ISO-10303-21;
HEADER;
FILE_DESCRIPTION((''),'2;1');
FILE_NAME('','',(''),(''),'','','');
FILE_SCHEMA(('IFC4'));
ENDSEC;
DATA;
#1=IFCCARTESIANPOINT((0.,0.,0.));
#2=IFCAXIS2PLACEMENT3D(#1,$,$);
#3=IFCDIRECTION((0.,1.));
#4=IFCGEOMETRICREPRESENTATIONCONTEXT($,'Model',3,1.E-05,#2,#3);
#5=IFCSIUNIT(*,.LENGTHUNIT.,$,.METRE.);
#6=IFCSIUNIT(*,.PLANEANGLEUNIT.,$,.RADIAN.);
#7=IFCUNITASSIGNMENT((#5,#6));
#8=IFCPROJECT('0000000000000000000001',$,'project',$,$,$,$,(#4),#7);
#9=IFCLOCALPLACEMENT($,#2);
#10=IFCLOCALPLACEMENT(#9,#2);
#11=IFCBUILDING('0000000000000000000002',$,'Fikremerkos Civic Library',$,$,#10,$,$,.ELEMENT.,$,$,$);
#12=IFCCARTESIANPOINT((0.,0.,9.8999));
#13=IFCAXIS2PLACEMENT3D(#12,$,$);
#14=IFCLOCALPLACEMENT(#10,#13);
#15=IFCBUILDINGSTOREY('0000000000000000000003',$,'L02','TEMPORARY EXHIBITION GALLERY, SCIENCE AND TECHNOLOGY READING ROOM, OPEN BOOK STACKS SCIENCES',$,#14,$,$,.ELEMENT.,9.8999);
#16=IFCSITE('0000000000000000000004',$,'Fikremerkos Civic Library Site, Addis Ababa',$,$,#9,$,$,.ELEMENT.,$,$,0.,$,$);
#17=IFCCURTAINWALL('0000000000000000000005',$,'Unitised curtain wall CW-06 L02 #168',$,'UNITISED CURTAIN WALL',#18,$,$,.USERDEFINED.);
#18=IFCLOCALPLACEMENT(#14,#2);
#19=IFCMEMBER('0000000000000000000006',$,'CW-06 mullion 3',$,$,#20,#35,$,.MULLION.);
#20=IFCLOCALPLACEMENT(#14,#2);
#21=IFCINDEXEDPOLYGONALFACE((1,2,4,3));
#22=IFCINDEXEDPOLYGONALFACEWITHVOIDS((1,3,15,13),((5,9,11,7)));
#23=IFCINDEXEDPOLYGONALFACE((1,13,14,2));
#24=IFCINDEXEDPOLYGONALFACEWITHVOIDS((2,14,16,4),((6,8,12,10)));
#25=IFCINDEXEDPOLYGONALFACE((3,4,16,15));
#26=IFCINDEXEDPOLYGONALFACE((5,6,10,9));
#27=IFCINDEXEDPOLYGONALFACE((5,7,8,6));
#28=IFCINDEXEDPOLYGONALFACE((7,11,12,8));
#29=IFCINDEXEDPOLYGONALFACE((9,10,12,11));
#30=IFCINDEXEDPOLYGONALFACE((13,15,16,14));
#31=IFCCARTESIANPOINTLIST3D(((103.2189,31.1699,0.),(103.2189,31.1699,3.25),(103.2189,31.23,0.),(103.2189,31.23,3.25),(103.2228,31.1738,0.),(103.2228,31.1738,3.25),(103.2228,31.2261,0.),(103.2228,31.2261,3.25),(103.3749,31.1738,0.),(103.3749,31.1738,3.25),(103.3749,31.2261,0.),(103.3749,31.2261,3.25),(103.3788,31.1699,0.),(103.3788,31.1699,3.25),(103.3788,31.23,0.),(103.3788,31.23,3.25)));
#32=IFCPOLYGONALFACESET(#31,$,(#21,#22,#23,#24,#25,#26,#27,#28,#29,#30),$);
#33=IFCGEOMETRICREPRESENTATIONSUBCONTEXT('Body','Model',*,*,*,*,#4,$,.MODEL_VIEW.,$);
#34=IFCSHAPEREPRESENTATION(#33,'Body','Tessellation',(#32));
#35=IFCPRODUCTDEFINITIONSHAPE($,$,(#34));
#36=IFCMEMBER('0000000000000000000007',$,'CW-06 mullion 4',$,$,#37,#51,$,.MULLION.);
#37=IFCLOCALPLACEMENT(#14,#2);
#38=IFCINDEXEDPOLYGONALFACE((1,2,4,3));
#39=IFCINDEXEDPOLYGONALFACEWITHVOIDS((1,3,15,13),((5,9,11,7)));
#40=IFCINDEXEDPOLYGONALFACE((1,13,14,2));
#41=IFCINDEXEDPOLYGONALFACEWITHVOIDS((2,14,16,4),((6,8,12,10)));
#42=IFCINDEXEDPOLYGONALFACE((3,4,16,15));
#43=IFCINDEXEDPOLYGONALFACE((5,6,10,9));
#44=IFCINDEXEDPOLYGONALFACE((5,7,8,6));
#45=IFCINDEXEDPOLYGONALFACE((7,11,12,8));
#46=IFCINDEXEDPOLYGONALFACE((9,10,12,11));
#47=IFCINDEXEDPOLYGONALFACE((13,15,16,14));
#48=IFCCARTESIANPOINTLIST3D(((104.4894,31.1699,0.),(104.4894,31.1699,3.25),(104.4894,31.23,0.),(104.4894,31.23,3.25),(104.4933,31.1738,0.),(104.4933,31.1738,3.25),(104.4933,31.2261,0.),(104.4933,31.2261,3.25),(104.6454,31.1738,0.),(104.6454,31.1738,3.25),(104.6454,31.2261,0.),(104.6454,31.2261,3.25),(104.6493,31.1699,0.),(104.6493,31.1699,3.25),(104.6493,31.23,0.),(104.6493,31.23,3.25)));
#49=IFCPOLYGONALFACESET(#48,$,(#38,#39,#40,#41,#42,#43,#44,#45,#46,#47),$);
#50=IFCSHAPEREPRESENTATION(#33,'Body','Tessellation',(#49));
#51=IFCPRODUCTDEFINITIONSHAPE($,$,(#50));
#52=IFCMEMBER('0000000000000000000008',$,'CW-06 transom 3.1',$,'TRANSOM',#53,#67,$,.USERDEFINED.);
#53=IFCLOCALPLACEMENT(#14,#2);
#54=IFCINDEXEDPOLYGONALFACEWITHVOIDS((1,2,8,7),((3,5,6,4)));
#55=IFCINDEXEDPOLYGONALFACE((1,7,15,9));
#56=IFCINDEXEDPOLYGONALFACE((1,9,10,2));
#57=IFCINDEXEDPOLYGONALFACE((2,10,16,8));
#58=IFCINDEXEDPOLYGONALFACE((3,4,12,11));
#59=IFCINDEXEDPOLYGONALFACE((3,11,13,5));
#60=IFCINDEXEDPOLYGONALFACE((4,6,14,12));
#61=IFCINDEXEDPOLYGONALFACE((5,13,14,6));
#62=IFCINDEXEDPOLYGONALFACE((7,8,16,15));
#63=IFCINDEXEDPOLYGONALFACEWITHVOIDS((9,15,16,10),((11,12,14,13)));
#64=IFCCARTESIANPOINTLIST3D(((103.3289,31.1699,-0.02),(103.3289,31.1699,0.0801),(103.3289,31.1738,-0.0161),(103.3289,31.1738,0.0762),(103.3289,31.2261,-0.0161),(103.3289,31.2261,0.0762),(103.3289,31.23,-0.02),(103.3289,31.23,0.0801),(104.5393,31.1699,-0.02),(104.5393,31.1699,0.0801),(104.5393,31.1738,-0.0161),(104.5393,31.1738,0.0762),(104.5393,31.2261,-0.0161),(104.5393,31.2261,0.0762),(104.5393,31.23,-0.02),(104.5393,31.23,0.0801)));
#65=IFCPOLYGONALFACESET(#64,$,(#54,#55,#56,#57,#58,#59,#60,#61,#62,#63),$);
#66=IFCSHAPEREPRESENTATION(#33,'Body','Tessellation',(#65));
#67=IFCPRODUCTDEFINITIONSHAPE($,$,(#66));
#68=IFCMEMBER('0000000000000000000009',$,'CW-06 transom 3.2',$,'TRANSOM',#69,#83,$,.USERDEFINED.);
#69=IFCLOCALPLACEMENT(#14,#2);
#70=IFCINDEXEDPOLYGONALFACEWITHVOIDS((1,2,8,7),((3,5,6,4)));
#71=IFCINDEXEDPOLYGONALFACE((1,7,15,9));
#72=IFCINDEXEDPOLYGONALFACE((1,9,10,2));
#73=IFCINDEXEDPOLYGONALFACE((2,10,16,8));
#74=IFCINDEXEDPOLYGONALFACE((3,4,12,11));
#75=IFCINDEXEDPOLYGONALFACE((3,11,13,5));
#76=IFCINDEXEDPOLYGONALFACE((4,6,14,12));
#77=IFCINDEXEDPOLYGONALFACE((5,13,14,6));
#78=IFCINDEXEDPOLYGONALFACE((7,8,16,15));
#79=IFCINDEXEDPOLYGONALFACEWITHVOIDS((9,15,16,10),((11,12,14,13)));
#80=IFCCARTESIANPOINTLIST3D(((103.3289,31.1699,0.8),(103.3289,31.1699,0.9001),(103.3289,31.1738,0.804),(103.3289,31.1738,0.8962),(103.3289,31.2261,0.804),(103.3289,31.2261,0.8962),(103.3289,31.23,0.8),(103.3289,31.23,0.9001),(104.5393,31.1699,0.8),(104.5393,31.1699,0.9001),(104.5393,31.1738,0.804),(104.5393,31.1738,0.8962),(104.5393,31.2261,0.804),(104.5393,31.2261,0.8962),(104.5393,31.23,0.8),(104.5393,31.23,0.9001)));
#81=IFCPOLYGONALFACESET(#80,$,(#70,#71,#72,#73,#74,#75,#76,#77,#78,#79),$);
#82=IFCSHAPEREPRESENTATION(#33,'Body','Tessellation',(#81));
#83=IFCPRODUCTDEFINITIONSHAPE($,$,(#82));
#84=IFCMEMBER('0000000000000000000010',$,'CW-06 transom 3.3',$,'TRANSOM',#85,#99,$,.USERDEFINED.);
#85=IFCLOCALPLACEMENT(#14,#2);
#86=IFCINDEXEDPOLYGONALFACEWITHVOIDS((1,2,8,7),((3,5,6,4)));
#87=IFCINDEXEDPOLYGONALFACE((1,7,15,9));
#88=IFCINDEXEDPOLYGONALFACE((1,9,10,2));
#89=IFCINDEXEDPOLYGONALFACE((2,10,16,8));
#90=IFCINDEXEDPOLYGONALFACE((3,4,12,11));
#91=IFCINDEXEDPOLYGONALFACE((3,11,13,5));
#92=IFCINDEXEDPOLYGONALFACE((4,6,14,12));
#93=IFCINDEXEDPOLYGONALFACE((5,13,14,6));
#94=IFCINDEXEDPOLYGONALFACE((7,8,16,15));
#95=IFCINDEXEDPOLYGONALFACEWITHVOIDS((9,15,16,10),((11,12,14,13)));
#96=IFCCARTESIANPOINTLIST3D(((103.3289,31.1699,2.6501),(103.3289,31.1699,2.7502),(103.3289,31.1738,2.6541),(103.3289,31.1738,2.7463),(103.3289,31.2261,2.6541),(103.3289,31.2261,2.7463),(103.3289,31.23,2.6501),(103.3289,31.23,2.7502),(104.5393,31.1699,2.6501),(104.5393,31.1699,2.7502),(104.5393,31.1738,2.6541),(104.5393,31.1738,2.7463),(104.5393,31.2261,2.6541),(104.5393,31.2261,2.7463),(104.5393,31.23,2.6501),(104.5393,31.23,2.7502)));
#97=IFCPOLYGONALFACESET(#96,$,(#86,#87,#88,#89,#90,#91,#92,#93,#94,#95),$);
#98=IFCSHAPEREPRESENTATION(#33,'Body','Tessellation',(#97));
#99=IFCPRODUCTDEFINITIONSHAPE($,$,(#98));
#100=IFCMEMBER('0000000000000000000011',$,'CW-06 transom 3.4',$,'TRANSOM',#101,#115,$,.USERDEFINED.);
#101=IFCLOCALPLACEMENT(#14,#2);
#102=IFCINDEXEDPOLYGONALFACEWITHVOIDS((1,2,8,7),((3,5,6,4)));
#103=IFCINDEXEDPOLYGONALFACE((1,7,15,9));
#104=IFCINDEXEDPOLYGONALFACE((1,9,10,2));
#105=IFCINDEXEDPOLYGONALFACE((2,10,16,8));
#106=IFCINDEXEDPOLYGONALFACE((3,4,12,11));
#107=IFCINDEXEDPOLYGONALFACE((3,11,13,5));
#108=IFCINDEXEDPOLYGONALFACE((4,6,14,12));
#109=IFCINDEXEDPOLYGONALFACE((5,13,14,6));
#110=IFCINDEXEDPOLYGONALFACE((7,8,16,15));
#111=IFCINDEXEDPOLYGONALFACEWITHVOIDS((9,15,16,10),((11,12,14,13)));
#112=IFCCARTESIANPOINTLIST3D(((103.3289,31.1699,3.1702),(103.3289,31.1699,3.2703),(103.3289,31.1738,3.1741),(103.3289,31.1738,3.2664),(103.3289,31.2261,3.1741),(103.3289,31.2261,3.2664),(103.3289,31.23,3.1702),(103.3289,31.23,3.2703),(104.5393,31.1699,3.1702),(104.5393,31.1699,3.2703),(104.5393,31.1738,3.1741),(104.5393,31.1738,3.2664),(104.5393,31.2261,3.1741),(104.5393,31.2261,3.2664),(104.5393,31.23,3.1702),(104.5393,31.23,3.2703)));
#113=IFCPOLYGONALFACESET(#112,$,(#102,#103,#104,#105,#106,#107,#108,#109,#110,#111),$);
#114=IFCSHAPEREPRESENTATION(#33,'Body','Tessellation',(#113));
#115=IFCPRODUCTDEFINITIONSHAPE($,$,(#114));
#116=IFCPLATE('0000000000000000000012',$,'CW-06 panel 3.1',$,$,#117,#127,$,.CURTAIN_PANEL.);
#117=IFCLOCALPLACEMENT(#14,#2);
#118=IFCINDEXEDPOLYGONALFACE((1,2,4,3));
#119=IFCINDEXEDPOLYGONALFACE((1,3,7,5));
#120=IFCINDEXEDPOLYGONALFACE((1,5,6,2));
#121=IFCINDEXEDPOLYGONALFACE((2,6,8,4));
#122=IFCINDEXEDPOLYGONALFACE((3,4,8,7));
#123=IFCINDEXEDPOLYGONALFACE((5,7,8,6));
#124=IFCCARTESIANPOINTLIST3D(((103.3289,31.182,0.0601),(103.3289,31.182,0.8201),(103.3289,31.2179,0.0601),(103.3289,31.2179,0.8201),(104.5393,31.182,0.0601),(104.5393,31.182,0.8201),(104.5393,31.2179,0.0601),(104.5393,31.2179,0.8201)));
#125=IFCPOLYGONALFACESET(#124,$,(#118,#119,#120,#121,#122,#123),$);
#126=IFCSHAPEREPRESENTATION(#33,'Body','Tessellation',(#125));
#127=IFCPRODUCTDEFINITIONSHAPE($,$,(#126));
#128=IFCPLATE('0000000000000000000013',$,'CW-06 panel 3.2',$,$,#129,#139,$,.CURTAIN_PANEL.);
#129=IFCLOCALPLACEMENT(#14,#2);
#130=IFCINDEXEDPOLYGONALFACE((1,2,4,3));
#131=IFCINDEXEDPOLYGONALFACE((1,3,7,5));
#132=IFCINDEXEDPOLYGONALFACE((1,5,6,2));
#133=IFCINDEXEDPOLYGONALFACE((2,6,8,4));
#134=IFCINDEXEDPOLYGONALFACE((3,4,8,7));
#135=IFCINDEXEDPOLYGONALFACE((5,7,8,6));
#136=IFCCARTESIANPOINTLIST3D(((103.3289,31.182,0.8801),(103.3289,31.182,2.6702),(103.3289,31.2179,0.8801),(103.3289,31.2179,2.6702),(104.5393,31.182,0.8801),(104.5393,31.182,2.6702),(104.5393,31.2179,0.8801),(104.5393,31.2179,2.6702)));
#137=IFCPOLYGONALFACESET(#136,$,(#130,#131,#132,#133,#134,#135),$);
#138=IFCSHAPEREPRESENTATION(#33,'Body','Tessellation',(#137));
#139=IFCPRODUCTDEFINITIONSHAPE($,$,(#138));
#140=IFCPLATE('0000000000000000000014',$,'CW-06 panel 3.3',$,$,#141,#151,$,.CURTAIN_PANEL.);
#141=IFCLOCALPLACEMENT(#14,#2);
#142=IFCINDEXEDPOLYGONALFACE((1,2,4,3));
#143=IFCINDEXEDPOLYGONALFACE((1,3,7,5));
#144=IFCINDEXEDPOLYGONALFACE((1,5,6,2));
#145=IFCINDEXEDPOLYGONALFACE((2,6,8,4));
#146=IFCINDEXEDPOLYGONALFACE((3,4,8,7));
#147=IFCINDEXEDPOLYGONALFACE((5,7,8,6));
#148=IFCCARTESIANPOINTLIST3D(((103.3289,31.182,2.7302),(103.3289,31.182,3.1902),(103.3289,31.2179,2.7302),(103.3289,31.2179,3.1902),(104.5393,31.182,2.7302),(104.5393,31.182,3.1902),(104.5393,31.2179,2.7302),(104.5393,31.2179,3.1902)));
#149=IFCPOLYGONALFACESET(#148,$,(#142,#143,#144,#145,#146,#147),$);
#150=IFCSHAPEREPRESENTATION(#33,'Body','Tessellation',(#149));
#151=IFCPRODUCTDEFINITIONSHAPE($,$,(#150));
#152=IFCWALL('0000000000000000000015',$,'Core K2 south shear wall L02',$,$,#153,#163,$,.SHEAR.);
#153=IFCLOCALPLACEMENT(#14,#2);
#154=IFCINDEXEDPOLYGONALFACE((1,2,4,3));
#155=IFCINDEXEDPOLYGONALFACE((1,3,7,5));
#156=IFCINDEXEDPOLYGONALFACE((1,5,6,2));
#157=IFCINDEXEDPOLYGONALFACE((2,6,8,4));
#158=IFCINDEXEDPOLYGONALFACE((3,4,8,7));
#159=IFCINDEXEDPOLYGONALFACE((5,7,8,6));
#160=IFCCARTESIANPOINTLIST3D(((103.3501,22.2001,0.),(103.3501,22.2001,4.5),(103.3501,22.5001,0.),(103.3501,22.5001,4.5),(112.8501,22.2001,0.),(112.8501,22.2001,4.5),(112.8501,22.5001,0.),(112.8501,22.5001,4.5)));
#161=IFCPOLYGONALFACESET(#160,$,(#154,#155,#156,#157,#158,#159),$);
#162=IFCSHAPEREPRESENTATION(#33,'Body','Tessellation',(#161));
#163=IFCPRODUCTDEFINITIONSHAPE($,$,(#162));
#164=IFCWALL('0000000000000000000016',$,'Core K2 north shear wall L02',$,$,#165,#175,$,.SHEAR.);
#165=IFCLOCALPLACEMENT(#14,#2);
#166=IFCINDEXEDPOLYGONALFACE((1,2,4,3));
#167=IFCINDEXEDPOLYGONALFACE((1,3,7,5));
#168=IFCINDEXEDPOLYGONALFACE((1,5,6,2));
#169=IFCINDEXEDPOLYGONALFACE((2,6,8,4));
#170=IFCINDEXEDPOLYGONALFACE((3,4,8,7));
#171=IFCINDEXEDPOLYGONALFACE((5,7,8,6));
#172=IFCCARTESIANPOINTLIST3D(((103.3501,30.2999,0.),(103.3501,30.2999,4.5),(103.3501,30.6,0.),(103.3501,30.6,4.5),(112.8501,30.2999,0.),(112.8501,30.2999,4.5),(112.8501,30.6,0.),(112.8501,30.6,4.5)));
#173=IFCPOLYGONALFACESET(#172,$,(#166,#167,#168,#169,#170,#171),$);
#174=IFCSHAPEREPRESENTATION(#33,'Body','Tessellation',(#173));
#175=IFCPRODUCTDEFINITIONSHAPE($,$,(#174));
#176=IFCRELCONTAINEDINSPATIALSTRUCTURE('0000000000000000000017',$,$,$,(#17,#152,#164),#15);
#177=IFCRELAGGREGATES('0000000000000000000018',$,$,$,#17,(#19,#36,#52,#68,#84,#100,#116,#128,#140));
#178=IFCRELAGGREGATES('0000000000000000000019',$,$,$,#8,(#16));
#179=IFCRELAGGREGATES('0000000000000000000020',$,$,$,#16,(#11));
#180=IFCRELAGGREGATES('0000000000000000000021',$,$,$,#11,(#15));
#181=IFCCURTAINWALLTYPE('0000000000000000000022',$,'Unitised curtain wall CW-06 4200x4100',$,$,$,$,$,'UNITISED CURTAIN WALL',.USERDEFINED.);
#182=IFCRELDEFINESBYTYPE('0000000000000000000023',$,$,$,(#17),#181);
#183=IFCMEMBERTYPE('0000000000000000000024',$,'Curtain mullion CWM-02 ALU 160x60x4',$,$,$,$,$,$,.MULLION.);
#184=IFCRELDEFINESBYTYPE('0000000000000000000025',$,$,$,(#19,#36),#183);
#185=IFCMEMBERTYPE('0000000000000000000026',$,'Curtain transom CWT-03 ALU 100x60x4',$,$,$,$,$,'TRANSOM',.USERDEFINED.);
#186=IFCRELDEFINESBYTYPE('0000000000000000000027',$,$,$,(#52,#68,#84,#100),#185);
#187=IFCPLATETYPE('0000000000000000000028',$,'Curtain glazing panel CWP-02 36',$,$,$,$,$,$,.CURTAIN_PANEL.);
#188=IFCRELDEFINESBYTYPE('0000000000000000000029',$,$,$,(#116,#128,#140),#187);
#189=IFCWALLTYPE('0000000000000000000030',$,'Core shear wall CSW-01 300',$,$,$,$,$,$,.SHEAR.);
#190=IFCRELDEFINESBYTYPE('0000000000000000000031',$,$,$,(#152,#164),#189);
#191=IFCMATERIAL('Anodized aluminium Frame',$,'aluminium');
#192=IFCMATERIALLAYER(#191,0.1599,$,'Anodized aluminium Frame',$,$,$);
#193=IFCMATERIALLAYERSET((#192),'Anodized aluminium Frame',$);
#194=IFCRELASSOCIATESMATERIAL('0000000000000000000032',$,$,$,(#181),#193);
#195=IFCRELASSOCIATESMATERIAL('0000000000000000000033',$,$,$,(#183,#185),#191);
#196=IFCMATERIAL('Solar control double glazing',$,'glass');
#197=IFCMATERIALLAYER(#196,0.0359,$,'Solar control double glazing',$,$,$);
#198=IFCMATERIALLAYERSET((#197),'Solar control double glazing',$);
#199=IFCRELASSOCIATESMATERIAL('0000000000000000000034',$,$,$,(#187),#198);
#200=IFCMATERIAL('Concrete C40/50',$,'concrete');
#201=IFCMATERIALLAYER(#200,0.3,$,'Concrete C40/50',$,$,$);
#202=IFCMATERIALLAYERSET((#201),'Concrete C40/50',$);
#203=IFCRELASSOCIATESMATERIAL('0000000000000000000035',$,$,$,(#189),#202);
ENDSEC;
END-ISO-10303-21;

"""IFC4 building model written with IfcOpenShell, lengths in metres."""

from ifc_helpers import new_model, si_unit, direction, frame, frame_2d, origin, origin_2d, place, context, subcontext, project, spatial, rectangle, hollow_rectangle, extrude, material, layer, layer_set, material_profile, profile_set, type_object, element, aggregate, save


model = new_model("IFC4")

# Units and contexts
model_context = context("Model", 3, precision=1e-05, world=origin(), true_north=direction((0.0, 1.0)))
body_context = subcontext(model_context, "Body", "Model", "MODEL_VIEW")
ifc_project = project(units=[si_unit("LENGTHUNIT", "METRE"), si_unit("PLANEANGLEUNIT", "RADIAN")], contexts=[model_context])

# Site, building, storey
site_placement = place(None, origin())
site = spatial("IfcSite", under=ifc_project, at=site_placement, Name="Fikremerkos Civic Library Site, Addis Ababa", CompositionType="ELEMENT", RefElevation=0.0)
building_placement = place(site_placement, origin())
building = spatial("IfcBuilding", under=site, at=building_placement, Name="Fikremerkos Civic Library", CompositionType="ELEMENT")
storey_placement = place(building_placement, frame((0.0, 0.0, 9.8999)))
storey = spatial("IfcBuildingStorey", under=building, at=storey_placement, Name="L02", Description="TEMPORARY EXHIBITION GALLERY, SCIENCE AND TECHNOLOGY READING ROOM, OPEN BOOK STACKS SCIENCES", CompositionType="ELEMENT", Elevation=9.8999)

# Curtain wall, members, plates
ifc_material_1 = material(Name="Anodized aluminium Frame", Category="aluminium")
ifc_layer_1 = layer(ifc_material_1, 0.1599, Name="Anodized aluminium Frame")
ifc_layer_set_1 = layer_set([ifc_layer_1], Name="Anodized aluminium Frame")
curtain_wall_type = type_object("IfcCurtainWallType", Name="Unitised curtain wall CW-06 4200x4100", ElementType="UNITISED CURTAIN WALL", PredefinedType="USERDEFINED", material=ifc_layer_set_1)
curtain_wall_placement = place(storey_placement, origin())
curtain_wall = element("IfcCurtainWall", 1, at=curtain_wall_placement, inside=storey, type_object=curtain_wall_type, Name="Unitised curtain wall CW-06 L02 #168", ObjectType="UNITISED CURTAIN WALL", PredefinedType="USERDEFINED")
ifc_material_profile_1 = material_profile(ifc_material_1, hollow_rectangle(XDim=0.0601, YDim=0.1599, WallThickness=0.0039, at=origin_2d()), Name="ALU 160x60x4")
ifc_profile_set_1 = profile_set([ifc_material_profile_1], Name="Anodized aluminium Frame")
member_type_1 = type_object("IfcMemberType", Name="Curtain mullion CWM-02 ALU 160x60x4", PredefinedType="MULLION", material=ifc_profile_set_1)
member_1_placement = place(storey_placement, frame((103.2988, 31.2, 0.0), z_axis=(0.0, 0.0, 1.0), x_axis=(0.0, 1.0, 0.0)))
member_1 = element("IfcMember", 2, at=member_1_placement, type_object=member_type_1, Name="CW-06 mullion 3", PredefinedType="MULLION", context=body_context, shape_type="SweptSolid", body=[
    extrude(hollow_rectangle(XDim=0.0601, YDim=0.1599, WallThickness=0.0039, at=origin_2d()), origin(), (0.0, 0.0, 1.0), 3.25),
])
member_2_placement = place(storey_placement, frame((104.5693, 31.2, 0.0), z_axis=(0.0, 0.0, 1.0), x_axis=(0.0, 1.0, 0.0)))
member_2 = element("IfcMember", 3, at=member_2_placement, type_object=member_type_1, Name="CW-06 mullion 4", PredefinedType="MULLION", context=body_context, shape_type="SweptSolid", body=[
    extrude(hollow_rectangle(XDim=0.0601, YDim=0.1599, WallThickness=0.0039, at=origin_2d()), origin(), (0.0, 0.0, 1.0), 3.25),
])
ifc_material_profile_2 = material_profile(ifc_material_1, hollow_rectangle(XDim=0.0601, YDim=0.1001, WallThickness=0.0039, at=origin_2d()), Name="ALU 100x60x4")
ifc_profile_set_2 = profile_set([ifc_material_profile_2], Name="Anodized aluminium Frame")
member_type_2 = type_object("IfcMemberType", Name="Curtain transom CWT-03 ALU 100x60x4", ElementType="TRANSOM", PredefinedType="USERDEFINED", material=ifc_profile_set_2)
member_3_placement = place(storey_placement, frame((103.3289, 31.2, 0.03), z_axis=(1.0, 0.0, 0.0), x_axis=(0.0, 1.0, 0.0)))
member_3 = element("IfcMember", 4, at=member_3_placement, type_object=member_type_2, Name="CW-06 transom 3.1", ObjectType="TRANSOM", PredefinedType="USERDEFINED", context=body_context, shape_type="SweptSolid", body=[
    extrude(hollow_rectangle(XDim=0.0601, YDim=0.1001, WallThickness=0.0039, at=origin_2d()), origin(), (0.0, 0.0, 1.0), 1.2104),
])
member_4_placement = place(storey_placement, frame((103.3289, 31.2, 0.8501), z_axis=(1.0, 0.0, 0.0), x_axis=(0.0, 1.0, 0.0)))
member_4 = element("IfcMember", 5, at=member_4_placement, type_object=member_type_2, Name="CW-06 transom 3.2", ObjectType="TRANSOM", PredefinedType="USERDEFINED", context=body_context, shape_type="SweptSolid", body=[
    extrude(hollow_rectangle(XDim=0.0601, YDim=0.1001, WallThickness=0.0039, at=origin_2d()), origin(), (0.0, 0.0, 1.0), 1.2104),
])
member_5_placement = place(storey_placement, frame((103.3289, 31.2, 2.7002), z_axis=(1.0, 0.0, 0.0), x_axis=(0.0, 1.0, 0.0)))
member_5 = element("IfcMember", 6, at=member_5_placement, type_object=member_type_2, Name="CW-06 transom 3.3", ObjectType="TRANSOM", PredefinedType="USERDEFINED", context=body_context, shape_type="SweptSolid", body=[
    extrude(hollow_rectangle(XDim=0.0601, YDim=0.1001, WallThickness=0.0039, at=origin_2d()), origin(), (0.0, 0.0, 1.0), 1.2104),
])
member_6_placement = place(storey_placement, frame((103.3289, 31.2, 3.2202), z_axis=(1.0, 0.0, 0.0), x_axis=(0.0, 1.0, 0.0)))
member_6 = element("IfcMember", 7, at=member_6_placement, type_object=member_type_2, Name="CW-06 transom 3.4", ObjectType="TRANSOM", PredefinedType="USERDEFINED", context=body_context, shape_type="SweptSolid", body=[
    extrude(hollow_rectangle(XDim=0.0601, YDim=0.1001, WallThickness=0.0039, at=origin_2d()), origin(), (0.0, 0.0, 1.0), 1.2104),
])
ifc_material_2 = material(Name="Solar control double glazing", Category="glass")
ifc_layer_2 = layer(ifc_material_2, 0.0359, Name="Solar control double glazing")
ifc_layer_set_2 = layer_set([ifc_layer_2], Name="Solar control double glazing")
plate_type = type_object("IfcPlateType", Name="Curtain glazing panel CWP-02 36", PredefinedType="CURTAIN_PANEL", material=ifc_layer_set_2)
plate_1_placement = place(storey_placement, frame((103.9341, 31.2, 0.0601), z_axis=(0.0, 0.0, 1.0), x_axis=(1.0, 0.0, 0.0)))
plate_1 = element("IfcPlate", 8, at=plate_1_placement, type_object=plate_type, Name="CW-06 panel 3.1", PredefinedType="CURTAIN_PANEL", context=body_context, shape_type="SweptSolid", body=[
    extrude(rectangle(XDim=1.2104, YDim=0.0359, at=origin_2d()), origin(), (0.0, 0.0, 1.0), 0.76),
])
plate_2_placement = place(storey_placement, frame((103.9341, 31.2, 0.8801), z_axis=(0.0, 0.0, 1.0), x_axis=(1.0, 0.0, 0.0)))
plate_2 = element("IfcPlate", 9, at=plate_2_placement, type_object=plate_type, Name="CW-06 panel 3.2", PredefinedType="CURTAIN_PANEL", context=body_context, shape_type="SweptSolid", body=[
    extrude(rectangle(XDim=1.2104, YDim=0.0359, at=origin_2d()), origin(), (0.0, 0.0, 1.0), 1.79),
])
plate_3_placement = place(storey_placement, frame((103.9341, 31.2, 2.7302), z_axis=(0.0, 0.0, 1.0), x_axis=(1.0, 0.0, 0.0)))
plate_3 = element("IfcPlate", 10, at=plate_3_placement, type_object=plate_type, Name="CW-06 panel 3.3", PredefinedType="CURTAIN_PANEL", context=body_context, shape_type="SweptSolid", body=[
    extrude(rectangle(XDim=1.2104, YDim=0.0359, at=origin_2d()), origin(), (0.0, 0.0, 1.0), 0.46),
])
aggregate(curtain_wall, [member_1, member_2, member_3, member_4, member_5, member_6, plate_1, plate_2, plate_3])

# Walls
ifc_material_3 = material(Name="Concrete C40/50", Category="concrete")
ifc_layer_3 = layer(ifc_material_3, 0.3, Name="Concrete C40/50")
ifc_layer_set_3 = layer_set([ifc_layer_3], Name="Concrete C40/50")
wall_type_1 = type_object("IfcWallType", Name="Core shear wall CSW-01 300", PredefinedType="SHEAR", material=ifc_layer_set_3)
for number, where, z_axis, x_axis, name in (
    (11, (112.8501, 22.3501, 0.0), (0.0, 0.0, 1.0), (-1.0, 0.0, 0.0), "Core K2 south shear wall L02"),
    (12, (103.3501, 30.45, 0.0), (0.0, 0.0, 1.0), (1.0, 0.0, 0.0), "Core K2 north shear wall L02"),
):
    element("IfcWall", number, at=place(storey_placement, frame(where, z_axis=z_axis, x_axis=x_axis)), inside=storey, type_object=wall_type_1, Name=name, PredefinedType="SHEAR", context=body_context, shape_type="SweptSolid", body=[
        extrude(rectangle(XDim=9.5, YDim=0.3, at=frame_2d((4.75, 0.0))), origin(), (0.0, 0.0, 1.0), 4.5),
    ])

save(model, "model.ifc")
